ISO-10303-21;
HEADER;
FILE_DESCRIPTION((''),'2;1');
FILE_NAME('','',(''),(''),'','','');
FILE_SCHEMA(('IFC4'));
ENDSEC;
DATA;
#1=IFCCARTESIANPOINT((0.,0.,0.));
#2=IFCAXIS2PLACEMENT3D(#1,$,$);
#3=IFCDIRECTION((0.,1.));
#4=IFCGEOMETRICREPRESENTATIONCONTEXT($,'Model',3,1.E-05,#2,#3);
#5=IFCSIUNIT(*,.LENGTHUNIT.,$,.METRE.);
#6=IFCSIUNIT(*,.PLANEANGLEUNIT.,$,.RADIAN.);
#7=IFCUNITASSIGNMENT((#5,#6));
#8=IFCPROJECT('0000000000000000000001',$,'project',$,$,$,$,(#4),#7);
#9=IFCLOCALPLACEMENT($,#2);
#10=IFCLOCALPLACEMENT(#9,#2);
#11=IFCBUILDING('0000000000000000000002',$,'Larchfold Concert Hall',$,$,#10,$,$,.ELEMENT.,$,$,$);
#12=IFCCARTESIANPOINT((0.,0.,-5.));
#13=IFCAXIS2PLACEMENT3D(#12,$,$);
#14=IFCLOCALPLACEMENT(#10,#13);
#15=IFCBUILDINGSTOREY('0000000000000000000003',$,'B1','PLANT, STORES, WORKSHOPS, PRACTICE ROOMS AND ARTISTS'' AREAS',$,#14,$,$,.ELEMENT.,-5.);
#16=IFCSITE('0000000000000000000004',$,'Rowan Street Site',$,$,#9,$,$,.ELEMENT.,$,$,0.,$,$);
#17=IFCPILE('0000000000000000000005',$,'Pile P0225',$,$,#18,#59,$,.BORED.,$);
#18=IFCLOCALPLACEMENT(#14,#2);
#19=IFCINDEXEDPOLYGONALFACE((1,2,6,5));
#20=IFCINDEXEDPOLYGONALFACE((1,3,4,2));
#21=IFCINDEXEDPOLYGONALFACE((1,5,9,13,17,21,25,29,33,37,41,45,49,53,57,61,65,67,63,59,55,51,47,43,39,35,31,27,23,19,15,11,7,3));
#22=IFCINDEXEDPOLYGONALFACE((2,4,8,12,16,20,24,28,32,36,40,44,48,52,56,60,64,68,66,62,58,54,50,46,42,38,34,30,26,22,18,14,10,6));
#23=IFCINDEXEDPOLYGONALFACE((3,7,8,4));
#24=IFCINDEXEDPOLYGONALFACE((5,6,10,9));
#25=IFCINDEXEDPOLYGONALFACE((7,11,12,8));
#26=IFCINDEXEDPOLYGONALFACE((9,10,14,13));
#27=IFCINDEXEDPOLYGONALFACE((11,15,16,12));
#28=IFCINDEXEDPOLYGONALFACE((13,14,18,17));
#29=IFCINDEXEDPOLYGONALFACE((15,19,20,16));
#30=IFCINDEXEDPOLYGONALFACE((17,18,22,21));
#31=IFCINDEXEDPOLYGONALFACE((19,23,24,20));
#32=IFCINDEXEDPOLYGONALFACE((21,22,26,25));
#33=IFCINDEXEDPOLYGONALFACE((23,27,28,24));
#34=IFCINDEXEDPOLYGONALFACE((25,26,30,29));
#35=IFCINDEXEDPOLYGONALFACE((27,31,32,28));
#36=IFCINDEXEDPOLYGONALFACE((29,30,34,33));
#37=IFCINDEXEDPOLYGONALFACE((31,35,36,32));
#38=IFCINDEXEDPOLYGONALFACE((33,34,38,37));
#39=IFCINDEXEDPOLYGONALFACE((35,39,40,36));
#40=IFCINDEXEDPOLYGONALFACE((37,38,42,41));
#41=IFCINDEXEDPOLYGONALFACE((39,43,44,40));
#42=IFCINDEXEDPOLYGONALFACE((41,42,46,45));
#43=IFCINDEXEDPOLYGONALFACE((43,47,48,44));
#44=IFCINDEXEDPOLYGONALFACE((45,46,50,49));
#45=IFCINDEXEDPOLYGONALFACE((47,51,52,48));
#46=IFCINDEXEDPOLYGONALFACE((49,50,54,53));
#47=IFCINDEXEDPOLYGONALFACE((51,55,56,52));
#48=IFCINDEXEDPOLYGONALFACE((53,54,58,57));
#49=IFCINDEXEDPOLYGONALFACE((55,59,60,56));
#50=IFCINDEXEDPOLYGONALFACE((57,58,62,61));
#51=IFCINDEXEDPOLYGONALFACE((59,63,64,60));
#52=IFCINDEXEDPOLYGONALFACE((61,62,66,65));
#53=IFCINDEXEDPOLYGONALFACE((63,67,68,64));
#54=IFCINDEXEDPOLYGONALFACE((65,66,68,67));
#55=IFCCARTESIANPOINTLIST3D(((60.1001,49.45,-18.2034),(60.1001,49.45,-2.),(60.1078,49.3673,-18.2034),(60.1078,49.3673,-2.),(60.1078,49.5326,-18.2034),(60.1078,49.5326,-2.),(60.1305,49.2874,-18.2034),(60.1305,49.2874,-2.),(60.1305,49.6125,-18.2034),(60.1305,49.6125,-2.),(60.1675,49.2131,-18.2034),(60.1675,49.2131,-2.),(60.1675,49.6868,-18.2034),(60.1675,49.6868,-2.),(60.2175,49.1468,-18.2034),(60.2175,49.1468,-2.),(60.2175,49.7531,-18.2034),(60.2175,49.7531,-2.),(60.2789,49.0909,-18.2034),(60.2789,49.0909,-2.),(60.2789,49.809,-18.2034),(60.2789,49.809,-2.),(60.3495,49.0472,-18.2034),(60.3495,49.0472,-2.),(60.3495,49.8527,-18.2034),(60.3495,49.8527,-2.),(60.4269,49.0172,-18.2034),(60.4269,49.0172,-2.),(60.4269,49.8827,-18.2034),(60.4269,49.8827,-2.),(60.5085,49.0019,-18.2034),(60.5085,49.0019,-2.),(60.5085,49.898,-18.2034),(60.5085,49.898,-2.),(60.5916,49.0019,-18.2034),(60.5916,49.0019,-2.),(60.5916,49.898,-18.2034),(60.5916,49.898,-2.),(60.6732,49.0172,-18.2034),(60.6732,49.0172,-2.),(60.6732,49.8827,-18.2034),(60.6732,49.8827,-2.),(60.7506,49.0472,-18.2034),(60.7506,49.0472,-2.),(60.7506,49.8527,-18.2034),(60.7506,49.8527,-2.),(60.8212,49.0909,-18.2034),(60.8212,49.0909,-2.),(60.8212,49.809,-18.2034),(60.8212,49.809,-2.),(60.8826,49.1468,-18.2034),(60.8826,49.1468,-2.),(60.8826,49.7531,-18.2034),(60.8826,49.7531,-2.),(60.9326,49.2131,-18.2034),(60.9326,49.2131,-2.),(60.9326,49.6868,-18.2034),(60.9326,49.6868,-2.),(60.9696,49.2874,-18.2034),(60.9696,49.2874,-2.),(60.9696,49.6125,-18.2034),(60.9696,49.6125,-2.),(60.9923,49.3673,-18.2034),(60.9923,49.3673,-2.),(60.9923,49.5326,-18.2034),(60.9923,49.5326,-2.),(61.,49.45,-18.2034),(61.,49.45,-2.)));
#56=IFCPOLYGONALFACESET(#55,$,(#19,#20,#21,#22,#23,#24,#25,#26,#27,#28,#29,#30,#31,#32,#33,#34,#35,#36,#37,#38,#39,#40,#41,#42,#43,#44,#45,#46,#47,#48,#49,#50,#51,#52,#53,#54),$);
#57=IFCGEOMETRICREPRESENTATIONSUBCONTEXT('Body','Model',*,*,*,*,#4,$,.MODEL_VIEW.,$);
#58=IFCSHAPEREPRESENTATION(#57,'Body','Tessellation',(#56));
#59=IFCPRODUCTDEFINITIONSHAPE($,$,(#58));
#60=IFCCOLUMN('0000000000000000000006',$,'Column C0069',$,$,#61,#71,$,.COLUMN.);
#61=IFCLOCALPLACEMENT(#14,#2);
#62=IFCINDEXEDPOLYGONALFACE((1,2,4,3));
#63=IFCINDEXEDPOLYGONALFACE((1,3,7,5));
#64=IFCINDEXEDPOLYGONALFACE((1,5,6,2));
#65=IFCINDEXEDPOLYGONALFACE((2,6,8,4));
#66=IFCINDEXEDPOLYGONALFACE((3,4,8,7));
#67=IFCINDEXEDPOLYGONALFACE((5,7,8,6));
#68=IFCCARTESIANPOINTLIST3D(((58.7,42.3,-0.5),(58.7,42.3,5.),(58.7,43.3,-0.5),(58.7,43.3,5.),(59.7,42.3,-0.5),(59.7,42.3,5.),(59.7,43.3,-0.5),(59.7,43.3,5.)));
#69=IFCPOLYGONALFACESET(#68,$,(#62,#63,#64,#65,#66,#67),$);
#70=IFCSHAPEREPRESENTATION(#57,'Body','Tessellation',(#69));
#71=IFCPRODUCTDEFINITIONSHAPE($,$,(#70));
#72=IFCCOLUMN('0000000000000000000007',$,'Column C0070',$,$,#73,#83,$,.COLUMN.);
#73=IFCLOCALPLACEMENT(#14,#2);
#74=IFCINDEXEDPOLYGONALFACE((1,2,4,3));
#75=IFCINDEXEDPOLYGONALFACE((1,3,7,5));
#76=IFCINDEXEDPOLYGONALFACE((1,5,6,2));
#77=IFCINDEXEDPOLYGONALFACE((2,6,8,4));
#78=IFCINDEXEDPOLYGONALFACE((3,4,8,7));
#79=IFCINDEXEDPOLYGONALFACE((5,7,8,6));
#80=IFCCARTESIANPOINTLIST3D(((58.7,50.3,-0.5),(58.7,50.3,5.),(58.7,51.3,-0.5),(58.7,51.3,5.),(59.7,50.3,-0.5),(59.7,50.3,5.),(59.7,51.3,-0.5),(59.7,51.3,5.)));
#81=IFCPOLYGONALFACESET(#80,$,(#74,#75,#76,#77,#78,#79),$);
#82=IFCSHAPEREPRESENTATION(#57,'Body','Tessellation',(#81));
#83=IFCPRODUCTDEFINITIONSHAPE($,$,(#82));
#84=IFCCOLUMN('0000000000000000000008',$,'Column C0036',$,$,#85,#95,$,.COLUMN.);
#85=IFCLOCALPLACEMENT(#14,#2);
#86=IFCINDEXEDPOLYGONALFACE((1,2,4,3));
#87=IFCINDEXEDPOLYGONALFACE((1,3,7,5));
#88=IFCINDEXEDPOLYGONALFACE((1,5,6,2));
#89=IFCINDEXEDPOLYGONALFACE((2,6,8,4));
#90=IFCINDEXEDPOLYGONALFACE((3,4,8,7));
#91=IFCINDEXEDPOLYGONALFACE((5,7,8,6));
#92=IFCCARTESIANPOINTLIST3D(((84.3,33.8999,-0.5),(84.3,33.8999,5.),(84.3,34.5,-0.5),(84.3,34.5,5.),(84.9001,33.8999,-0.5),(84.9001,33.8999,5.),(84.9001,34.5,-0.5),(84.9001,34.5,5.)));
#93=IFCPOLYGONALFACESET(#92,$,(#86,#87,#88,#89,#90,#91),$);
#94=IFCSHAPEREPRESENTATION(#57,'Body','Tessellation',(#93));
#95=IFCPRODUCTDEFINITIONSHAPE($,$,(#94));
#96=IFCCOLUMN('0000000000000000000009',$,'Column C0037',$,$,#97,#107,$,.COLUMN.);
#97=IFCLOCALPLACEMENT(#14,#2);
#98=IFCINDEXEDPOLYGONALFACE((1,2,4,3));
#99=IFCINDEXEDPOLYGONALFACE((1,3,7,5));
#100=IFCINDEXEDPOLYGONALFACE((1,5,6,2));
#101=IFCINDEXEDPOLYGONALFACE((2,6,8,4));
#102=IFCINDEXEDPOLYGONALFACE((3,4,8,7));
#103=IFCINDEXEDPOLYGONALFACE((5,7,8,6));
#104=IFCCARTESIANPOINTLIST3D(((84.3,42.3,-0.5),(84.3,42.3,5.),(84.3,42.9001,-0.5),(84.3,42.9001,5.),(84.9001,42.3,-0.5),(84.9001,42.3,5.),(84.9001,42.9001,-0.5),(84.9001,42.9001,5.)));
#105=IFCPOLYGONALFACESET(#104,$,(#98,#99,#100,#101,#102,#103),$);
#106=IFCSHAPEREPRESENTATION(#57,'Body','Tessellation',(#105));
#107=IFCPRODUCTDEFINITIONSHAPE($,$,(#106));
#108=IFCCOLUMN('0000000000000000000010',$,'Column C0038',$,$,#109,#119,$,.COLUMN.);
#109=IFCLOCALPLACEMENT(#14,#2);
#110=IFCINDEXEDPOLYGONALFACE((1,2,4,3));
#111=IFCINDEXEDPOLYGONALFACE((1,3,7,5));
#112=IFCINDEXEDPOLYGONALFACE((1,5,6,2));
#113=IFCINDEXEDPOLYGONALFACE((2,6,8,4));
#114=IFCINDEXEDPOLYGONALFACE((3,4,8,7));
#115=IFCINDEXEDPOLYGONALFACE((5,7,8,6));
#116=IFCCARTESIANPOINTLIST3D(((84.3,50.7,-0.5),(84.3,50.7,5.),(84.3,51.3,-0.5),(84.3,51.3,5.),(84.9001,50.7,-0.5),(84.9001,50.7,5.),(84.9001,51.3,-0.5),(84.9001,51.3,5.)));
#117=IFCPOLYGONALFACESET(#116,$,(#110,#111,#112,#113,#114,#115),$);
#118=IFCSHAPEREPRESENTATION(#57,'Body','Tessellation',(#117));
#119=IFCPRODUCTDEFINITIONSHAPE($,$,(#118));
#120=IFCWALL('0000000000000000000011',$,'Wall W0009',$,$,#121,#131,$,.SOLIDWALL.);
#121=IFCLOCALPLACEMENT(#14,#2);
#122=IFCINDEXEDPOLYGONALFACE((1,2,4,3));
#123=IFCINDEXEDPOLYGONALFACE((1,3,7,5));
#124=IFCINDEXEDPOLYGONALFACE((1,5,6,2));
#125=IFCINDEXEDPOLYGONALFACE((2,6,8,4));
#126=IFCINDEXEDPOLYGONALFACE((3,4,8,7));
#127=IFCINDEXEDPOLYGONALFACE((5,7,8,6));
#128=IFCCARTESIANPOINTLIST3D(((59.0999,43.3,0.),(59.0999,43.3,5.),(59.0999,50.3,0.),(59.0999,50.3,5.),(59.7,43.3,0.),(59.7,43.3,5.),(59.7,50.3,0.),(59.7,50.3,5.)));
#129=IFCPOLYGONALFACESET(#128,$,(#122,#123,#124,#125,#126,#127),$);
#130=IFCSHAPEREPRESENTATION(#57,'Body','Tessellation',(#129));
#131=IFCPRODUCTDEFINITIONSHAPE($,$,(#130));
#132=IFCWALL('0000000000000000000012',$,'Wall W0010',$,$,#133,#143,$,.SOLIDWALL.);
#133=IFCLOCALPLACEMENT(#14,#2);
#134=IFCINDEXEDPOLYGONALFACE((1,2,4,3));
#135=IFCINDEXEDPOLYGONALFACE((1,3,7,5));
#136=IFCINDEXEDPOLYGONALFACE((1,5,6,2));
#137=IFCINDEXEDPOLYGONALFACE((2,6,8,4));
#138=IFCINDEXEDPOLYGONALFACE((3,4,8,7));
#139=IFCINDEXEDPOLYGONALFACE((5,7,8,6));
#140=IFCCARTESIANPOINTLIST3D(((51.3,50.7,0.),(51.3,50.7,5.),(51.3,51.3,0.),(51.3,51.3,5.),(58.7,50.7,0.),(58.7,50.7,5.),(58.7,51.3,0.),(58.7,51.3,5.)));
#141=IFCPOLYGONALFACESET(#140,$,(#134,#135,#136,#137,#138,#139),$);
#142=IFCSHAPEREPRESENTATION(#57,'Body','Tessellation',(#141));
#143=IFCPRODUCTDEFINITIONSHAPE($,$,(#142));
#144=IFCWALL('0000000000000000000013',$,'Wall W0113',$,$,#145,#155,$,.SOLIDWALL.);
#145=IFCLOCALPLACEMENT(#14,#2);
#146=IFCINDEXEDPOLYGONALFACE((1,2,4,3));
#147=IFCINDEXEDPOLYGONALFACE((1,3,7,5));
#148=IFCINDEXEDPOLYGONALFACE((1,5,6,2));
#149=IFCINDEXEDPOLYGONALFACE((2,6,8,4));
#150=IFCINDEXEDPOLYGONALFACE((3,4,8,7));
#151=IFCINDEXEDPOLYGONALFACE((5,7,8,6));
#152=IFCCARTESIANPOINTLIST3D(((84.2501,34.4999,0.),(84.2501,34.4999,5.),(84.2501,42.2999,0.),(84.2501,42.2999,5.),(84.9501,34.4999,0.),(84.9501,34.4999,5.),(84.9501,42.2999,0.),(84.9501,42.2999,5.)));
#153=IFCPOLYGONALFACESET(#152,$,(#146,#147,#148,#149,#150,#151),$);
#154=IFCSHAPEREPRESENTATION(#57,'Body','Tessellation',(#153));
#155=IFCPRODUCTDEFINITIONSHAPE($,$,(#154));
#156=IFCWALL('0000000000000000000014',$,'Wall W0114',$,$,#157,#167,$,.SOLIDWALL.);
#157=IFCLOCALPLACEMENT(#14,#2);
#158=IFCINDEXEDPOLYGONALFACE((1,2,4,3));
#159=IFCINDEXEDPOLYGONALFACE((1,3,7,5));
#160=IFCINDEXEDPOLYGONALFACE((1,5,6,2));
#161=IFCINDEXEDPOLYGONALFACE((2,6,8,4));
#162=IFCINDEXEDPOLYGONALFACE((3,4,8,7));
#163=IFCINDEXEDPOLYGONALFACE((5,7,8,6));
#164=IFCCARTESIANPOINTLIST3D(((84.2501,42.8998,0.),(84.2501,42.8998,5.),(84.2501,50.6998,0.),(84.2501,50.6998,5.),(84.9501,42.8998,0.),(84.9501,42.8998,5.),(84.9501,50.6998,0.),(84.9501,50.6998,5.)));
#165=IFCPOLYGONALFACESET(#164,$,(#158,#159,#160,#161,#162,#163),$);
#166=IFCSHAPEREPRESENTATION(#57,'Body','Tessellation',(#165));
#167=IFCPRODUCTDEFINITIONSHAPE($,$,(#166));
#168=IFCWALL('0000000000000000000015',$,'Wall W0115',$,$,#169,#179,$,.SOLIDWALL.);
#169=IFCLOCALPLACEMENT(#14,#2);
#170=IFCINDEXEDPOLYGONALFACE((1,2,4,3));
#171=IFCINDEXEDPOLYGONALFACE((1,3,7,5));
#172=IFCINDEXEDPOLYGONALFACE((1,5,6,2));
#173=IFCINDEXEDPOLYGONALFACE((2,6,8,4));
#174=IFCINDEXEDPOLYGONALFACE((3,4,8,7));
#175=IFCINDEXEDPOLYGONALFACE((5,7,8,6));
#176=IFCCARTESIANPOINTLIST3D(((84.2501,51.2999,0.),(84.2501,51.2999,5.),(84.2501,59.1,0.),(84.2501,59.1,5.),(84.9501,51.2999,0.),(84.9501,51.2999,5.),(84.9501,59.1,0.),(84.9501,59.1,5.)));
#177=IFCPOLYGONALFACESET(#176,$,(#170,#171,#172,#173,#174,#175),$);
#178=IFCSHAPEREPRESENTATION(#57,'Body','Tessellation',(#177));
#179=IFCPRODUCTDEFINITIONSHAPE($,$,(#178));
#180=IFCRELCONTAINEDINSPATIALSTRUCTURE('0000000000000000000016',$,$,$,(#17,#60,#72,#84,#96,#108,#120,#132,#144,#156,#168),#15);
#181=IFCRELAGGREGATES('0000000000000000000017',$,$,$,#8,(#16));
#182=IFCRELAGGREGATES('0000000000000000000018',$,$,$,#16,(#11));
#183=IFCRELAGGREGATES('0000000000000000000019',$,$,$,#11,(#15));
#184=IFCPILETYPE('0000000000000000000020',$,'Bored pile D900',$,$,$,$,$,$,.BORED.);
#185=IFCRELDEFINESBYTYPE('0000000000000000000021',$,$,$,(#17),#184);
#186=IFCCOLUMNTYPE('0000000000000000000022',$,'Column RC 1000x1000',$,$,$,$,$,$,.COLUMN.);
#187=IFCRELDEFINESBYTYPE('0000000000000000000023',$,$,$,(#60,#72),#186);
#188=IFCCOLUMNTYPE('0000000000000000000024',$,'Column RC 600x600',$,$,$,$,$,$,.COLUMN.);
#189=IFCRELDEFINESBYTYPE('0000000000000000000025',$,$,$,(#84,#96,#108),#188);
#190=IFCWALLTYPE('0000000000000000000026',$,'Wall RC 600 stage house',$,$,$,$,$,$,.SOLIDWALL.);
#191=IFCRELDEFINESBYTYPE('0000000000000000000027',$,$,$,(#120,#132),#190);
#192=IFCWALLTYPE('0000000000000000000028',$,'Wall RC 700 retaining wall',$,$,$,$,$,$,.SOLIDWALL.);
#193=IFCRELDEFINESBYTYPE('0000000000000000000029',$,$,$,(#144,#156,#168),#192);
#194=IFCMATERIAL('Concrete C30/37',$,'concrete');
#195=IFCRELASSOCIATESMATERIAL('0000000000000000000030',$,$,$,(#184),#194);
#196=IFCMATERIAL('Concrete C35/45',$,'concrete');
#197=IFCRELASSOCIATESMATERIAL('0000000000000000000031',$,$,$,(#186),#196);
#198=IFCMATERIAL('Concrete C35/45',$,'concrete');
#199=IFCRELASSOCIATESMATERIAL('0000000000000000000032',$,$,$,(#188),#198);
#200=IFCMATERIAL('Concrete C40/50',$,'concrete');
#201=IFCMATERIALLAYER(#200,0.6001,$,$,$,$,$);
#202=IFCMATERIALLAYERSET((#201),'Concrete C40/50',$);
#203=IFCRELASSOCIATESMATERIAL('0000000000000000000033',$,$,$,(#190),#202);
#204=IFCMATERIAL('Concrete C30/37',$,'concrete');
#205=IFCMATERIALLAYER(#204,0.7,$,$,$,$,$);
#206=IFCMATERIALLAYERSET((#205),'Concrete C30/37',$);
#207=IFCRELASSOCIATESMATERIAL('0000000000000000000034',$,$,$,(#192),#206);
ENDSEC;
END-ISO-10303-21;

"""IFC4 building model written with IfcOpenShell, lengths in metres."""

from ifc_helpers import new_model, si_unit, direction, frame, frame_2d, origin, origin_2d, place, context, subcontext, project, spatial, rectangle, circle, extrude, material, layer, layer_set, material_profile, profile_set, type_object, element, save


model = new_model("IFC4")

# Units and contexts
model_context = context("Model", 3, precision=1e-05, world=origin(), true_north=direction((0.0, 1.0)))
body_context = subcontext(model_context, "Body", "Model", "MODEL_VIEW")
ifc_project = project(units=[si_unit("LENGTHUNIT", "METRE"), si_unit("PLANEANGLEUNIT", "RADIAN")], contexts=[model_context])

# Site, building, storey
site_placement = place(None, origin())
site = spatial("IfcSite", under=ifc_project, at=site_placement, Name="Rowan Street Site", CompositionType="ELEMENT", RefElevation=0.0)
building_placement = place(site_placement, origin())
building = spatial("IfcBuilding", under=site, at=building_placement, Name="Larchfold Concert Hall", CompositionType="ELEMENT")
storey_placement = place(building_placement, frame((0.0, 0.0, -5.0)))
storey = spatial("IfcBuildingStorey", under=building, at=storey_placement, Name="B1", Description="PLANT, STORES, WORKSHOPS, PRACTICE ROOMS AND ARTISTS' AREAS", CompositionType="ELEMENT", Elevation=-5.0)

# Pile
ifc_material_1 = material(Name="Concrete C30/37", Category="concrete")
ifc_material_profile_1 = material_profile(ifc_material_1, circle(Radius=0.45, at=origin_2d()))
ifc_profile_set_1 = profile_set([ifc_material_profile_1], Name="Concrete C30/37")
pile_type_1 = type_object("IfcPileType", Name="Bored pile D900", PredefinedType="BORED", material=ifc_profile_set_1)
for number, where, z_axis, x_axis, name in (
    (1, (60.55, 49.45, -2.0), (0.0, 0.0, -1.0), (1.0, 0.0, 0.0), "Pile P0225"),
):
    element("IfcPile", number, at=place(storey_placement, frame(where, z_axis=z_axis, x_axis=x_axis)), inside=storey, type_object=pile_type_1, Name=name, PredefinedType="BORED", context=body_context, shape_type="SweptSolid", body=[
        extrude(circle(Radius=0.45, at=origin_2d()), origin(), (0.0, 0.0, 1.0), 16.2034),
    ])

# Columns
ifc_material_2 = material(Name="Concrete C35/45", Category="concrete")
ifc_material_profile_2 = material_profile(ifc_material_2, rectangle(XDim=1.0, YDim=1.0, at=origin_2d()))
ifc_profile_set_2 = profile_set([ifc_material_profile_2], Name="Concrete C35/45")
column_type_1 = type_object("IfcColumnType", Name="Column RC 1000x1000", PredefinedType="COLUMN", material=ifc_profile_set_2)
for number, where, z_axis, x_axis, name in (
    (2, (59.2, 42.8, -0.5), (0.0, 0.0, 1.0), (1.0, 0.0, 0.0), "Column C0069"),
    (3, (59.2, 50.8, -0.5), (0.0, 0.0, 1.0), (1.0, 0.0, 0.0), "Column C0070"),
):
    element("IfcColumn", number, at=place(storey_placement, frame(where, z_axis=z_axis, x_axis=x_axis)), inside=storey, type_object=column_type_1, Name=name, PredefinedType="COLUMN", context=body_context, shape_type="SweptSolid", body=[
        extrude(rectangle(XDim=1.0, YDim=1.0, at=origin_2d()), origin(), (0.0, 0.0, 1.0), 5.5),
    ])
ifc_material_3 = material(Name="Concrete C35/45", Category="concrete")
ifc_material_profile_3 = material_profile(ifc_material_3, rectangle(XDim=0.6001, YDim=0.6001, at=origin_2d()))
ifc_profile_set_3 = profile_set([ifc_material_profile_3], Name="Concrete C35/45")
column_type_2 = type_object("IfcColumnType", Name="Column RC 600x600", PredefinedType="COLUMN", material=ifc_profile_set_3)
for number, where, z_axis, x_axis, name in (
    (4, (84.6001, 34.2, -0.5), (0.0, 0.0, 1.0), (1.0, 0.0, 0.0), "Column C0036"),
    (5, (84.6001, 42.6001, -0.5), (0.0, 0.0, 1.0), (1.0, 0.0, 0.0), "Column C0037"),
    (6, (84.6001, 51.0, -0.5), (0.0, 0.0, 1.0), (1.0, 0.0, 0.0), "Column C0038"),
):
    element("IfcColumn", number, at=place(storey_placement, frame(where, z_axis=z_axis, x_axis=x_axis)), inside=storey, type_object=column_type_2, Name=name, PredefinedType="COLUMN", context=body_context, shape_type="SweptSolid", body=[
        extrude(rectangle(XDim=0.6001, YDim=0.6001, at=origin_2d()), origin(), (0.0, 0.0, 1.0), 5.5),
    ])

# Walls
ifc_material_4 = material(Name="Concrete C40/50", Category="concrete")
ifc_layer_1 = layer(ifc_material_4, 0.6001)
ifc_layer_set_1 = layer_set([ifc_layer_1], Name="Concrete C40/50")
wall_type_1 = type_object("IfcWallType", Name="Wall RC 600 stage house", PredefinedType="SOLIDWALL", material=ifc_layer_set_1)
wall_1_placement = place(storey_placement, frame((59.3999, 43.3, 0.0), z_axis=(0.0, 0.0, 1.0), x_axis=(0.0, 1.0, 0.0)))
element("IfcWall", 7, at=wall_1_placement, inside=storey, type_object=wall_type_1, Name="Wall W0009", PredefinedType="SOLIDWALL", context=body_context, shape_type="SweptSolid", body=[
    extrude(rectangle(XDim=7.0, YDim=0.6001, at=frame_2d((3.5, 0.0))), origin(), (0.0, 0.0, 1.0), 5.0),
])
wall_2_placement = place(storey_placement, frame((58.7, 51.0, 0.0), z_axis=(0.0, 0.0, 1.0), x_axis=(-1.0, 0.0, 0.0)))
element("IfcWall", 8, at=wall_2_placement, inside=storey, type_object=wall_type_1, Name="Wall W0010", PredefinedType="SOLIDWALL", context=body_context, shape_type="SweptSolid", body=[
    extrude(rectangle(XDim=7.3999, YDim=0.6001, at=frame_2d((3.7, 0.0))), origin(), (0.0, 0.0, 1.0), 5.0),
])
ifc_material_5 = material(Name="Concrete C30/37", Category="concrete")
ifc_layer_2 = layer(ifc_material_5, 0.7)
ifc_layer_set_2 = layer_set([ifc_layer_2], Name="Concrete C30/37")
wall_type_2 = type_object("IfcWallType", Name="Wall RC 700 retaining wall", PredefinedType="SOLIDWALL", material=ifc_layer_set_2)
for number, where, z_axis, x_axis, name in (
    (9, (84.6001, 34.5, 0.0), (0.0, 0.0, 1.0), (0.0, 1.0, 0.0), "Wall W0113"),
    (10, (84.6001, 42.8999, 0.0), (0.0, 0.0, 1.0), (0.0, 1.0, 0.0), "Wall W0114"),
    (11, (84.6001, 51.3, 0.0), (0.0, 0.0, 1.0), (0.0, 1.0, 0.0), "Wall W0115"),
):
    element("IfcWall", number, at=place(storey_placement, frame(where, z_axis=z_axis, x_axis=x_axis)), inside=storey, type_object=wall_type_2, Name=name, PredefinedType="SOLIDWALL", context=body_context, shape_type="SweptSolid", body=[
        extrude(rectangle(XDim=7.8, YDim=0.7, at=frame_2d((3.8999, 0.0))), origin(), (0.0, 0.0, 1.0), 5.0),
    ])

save(model, "model.ifc")
